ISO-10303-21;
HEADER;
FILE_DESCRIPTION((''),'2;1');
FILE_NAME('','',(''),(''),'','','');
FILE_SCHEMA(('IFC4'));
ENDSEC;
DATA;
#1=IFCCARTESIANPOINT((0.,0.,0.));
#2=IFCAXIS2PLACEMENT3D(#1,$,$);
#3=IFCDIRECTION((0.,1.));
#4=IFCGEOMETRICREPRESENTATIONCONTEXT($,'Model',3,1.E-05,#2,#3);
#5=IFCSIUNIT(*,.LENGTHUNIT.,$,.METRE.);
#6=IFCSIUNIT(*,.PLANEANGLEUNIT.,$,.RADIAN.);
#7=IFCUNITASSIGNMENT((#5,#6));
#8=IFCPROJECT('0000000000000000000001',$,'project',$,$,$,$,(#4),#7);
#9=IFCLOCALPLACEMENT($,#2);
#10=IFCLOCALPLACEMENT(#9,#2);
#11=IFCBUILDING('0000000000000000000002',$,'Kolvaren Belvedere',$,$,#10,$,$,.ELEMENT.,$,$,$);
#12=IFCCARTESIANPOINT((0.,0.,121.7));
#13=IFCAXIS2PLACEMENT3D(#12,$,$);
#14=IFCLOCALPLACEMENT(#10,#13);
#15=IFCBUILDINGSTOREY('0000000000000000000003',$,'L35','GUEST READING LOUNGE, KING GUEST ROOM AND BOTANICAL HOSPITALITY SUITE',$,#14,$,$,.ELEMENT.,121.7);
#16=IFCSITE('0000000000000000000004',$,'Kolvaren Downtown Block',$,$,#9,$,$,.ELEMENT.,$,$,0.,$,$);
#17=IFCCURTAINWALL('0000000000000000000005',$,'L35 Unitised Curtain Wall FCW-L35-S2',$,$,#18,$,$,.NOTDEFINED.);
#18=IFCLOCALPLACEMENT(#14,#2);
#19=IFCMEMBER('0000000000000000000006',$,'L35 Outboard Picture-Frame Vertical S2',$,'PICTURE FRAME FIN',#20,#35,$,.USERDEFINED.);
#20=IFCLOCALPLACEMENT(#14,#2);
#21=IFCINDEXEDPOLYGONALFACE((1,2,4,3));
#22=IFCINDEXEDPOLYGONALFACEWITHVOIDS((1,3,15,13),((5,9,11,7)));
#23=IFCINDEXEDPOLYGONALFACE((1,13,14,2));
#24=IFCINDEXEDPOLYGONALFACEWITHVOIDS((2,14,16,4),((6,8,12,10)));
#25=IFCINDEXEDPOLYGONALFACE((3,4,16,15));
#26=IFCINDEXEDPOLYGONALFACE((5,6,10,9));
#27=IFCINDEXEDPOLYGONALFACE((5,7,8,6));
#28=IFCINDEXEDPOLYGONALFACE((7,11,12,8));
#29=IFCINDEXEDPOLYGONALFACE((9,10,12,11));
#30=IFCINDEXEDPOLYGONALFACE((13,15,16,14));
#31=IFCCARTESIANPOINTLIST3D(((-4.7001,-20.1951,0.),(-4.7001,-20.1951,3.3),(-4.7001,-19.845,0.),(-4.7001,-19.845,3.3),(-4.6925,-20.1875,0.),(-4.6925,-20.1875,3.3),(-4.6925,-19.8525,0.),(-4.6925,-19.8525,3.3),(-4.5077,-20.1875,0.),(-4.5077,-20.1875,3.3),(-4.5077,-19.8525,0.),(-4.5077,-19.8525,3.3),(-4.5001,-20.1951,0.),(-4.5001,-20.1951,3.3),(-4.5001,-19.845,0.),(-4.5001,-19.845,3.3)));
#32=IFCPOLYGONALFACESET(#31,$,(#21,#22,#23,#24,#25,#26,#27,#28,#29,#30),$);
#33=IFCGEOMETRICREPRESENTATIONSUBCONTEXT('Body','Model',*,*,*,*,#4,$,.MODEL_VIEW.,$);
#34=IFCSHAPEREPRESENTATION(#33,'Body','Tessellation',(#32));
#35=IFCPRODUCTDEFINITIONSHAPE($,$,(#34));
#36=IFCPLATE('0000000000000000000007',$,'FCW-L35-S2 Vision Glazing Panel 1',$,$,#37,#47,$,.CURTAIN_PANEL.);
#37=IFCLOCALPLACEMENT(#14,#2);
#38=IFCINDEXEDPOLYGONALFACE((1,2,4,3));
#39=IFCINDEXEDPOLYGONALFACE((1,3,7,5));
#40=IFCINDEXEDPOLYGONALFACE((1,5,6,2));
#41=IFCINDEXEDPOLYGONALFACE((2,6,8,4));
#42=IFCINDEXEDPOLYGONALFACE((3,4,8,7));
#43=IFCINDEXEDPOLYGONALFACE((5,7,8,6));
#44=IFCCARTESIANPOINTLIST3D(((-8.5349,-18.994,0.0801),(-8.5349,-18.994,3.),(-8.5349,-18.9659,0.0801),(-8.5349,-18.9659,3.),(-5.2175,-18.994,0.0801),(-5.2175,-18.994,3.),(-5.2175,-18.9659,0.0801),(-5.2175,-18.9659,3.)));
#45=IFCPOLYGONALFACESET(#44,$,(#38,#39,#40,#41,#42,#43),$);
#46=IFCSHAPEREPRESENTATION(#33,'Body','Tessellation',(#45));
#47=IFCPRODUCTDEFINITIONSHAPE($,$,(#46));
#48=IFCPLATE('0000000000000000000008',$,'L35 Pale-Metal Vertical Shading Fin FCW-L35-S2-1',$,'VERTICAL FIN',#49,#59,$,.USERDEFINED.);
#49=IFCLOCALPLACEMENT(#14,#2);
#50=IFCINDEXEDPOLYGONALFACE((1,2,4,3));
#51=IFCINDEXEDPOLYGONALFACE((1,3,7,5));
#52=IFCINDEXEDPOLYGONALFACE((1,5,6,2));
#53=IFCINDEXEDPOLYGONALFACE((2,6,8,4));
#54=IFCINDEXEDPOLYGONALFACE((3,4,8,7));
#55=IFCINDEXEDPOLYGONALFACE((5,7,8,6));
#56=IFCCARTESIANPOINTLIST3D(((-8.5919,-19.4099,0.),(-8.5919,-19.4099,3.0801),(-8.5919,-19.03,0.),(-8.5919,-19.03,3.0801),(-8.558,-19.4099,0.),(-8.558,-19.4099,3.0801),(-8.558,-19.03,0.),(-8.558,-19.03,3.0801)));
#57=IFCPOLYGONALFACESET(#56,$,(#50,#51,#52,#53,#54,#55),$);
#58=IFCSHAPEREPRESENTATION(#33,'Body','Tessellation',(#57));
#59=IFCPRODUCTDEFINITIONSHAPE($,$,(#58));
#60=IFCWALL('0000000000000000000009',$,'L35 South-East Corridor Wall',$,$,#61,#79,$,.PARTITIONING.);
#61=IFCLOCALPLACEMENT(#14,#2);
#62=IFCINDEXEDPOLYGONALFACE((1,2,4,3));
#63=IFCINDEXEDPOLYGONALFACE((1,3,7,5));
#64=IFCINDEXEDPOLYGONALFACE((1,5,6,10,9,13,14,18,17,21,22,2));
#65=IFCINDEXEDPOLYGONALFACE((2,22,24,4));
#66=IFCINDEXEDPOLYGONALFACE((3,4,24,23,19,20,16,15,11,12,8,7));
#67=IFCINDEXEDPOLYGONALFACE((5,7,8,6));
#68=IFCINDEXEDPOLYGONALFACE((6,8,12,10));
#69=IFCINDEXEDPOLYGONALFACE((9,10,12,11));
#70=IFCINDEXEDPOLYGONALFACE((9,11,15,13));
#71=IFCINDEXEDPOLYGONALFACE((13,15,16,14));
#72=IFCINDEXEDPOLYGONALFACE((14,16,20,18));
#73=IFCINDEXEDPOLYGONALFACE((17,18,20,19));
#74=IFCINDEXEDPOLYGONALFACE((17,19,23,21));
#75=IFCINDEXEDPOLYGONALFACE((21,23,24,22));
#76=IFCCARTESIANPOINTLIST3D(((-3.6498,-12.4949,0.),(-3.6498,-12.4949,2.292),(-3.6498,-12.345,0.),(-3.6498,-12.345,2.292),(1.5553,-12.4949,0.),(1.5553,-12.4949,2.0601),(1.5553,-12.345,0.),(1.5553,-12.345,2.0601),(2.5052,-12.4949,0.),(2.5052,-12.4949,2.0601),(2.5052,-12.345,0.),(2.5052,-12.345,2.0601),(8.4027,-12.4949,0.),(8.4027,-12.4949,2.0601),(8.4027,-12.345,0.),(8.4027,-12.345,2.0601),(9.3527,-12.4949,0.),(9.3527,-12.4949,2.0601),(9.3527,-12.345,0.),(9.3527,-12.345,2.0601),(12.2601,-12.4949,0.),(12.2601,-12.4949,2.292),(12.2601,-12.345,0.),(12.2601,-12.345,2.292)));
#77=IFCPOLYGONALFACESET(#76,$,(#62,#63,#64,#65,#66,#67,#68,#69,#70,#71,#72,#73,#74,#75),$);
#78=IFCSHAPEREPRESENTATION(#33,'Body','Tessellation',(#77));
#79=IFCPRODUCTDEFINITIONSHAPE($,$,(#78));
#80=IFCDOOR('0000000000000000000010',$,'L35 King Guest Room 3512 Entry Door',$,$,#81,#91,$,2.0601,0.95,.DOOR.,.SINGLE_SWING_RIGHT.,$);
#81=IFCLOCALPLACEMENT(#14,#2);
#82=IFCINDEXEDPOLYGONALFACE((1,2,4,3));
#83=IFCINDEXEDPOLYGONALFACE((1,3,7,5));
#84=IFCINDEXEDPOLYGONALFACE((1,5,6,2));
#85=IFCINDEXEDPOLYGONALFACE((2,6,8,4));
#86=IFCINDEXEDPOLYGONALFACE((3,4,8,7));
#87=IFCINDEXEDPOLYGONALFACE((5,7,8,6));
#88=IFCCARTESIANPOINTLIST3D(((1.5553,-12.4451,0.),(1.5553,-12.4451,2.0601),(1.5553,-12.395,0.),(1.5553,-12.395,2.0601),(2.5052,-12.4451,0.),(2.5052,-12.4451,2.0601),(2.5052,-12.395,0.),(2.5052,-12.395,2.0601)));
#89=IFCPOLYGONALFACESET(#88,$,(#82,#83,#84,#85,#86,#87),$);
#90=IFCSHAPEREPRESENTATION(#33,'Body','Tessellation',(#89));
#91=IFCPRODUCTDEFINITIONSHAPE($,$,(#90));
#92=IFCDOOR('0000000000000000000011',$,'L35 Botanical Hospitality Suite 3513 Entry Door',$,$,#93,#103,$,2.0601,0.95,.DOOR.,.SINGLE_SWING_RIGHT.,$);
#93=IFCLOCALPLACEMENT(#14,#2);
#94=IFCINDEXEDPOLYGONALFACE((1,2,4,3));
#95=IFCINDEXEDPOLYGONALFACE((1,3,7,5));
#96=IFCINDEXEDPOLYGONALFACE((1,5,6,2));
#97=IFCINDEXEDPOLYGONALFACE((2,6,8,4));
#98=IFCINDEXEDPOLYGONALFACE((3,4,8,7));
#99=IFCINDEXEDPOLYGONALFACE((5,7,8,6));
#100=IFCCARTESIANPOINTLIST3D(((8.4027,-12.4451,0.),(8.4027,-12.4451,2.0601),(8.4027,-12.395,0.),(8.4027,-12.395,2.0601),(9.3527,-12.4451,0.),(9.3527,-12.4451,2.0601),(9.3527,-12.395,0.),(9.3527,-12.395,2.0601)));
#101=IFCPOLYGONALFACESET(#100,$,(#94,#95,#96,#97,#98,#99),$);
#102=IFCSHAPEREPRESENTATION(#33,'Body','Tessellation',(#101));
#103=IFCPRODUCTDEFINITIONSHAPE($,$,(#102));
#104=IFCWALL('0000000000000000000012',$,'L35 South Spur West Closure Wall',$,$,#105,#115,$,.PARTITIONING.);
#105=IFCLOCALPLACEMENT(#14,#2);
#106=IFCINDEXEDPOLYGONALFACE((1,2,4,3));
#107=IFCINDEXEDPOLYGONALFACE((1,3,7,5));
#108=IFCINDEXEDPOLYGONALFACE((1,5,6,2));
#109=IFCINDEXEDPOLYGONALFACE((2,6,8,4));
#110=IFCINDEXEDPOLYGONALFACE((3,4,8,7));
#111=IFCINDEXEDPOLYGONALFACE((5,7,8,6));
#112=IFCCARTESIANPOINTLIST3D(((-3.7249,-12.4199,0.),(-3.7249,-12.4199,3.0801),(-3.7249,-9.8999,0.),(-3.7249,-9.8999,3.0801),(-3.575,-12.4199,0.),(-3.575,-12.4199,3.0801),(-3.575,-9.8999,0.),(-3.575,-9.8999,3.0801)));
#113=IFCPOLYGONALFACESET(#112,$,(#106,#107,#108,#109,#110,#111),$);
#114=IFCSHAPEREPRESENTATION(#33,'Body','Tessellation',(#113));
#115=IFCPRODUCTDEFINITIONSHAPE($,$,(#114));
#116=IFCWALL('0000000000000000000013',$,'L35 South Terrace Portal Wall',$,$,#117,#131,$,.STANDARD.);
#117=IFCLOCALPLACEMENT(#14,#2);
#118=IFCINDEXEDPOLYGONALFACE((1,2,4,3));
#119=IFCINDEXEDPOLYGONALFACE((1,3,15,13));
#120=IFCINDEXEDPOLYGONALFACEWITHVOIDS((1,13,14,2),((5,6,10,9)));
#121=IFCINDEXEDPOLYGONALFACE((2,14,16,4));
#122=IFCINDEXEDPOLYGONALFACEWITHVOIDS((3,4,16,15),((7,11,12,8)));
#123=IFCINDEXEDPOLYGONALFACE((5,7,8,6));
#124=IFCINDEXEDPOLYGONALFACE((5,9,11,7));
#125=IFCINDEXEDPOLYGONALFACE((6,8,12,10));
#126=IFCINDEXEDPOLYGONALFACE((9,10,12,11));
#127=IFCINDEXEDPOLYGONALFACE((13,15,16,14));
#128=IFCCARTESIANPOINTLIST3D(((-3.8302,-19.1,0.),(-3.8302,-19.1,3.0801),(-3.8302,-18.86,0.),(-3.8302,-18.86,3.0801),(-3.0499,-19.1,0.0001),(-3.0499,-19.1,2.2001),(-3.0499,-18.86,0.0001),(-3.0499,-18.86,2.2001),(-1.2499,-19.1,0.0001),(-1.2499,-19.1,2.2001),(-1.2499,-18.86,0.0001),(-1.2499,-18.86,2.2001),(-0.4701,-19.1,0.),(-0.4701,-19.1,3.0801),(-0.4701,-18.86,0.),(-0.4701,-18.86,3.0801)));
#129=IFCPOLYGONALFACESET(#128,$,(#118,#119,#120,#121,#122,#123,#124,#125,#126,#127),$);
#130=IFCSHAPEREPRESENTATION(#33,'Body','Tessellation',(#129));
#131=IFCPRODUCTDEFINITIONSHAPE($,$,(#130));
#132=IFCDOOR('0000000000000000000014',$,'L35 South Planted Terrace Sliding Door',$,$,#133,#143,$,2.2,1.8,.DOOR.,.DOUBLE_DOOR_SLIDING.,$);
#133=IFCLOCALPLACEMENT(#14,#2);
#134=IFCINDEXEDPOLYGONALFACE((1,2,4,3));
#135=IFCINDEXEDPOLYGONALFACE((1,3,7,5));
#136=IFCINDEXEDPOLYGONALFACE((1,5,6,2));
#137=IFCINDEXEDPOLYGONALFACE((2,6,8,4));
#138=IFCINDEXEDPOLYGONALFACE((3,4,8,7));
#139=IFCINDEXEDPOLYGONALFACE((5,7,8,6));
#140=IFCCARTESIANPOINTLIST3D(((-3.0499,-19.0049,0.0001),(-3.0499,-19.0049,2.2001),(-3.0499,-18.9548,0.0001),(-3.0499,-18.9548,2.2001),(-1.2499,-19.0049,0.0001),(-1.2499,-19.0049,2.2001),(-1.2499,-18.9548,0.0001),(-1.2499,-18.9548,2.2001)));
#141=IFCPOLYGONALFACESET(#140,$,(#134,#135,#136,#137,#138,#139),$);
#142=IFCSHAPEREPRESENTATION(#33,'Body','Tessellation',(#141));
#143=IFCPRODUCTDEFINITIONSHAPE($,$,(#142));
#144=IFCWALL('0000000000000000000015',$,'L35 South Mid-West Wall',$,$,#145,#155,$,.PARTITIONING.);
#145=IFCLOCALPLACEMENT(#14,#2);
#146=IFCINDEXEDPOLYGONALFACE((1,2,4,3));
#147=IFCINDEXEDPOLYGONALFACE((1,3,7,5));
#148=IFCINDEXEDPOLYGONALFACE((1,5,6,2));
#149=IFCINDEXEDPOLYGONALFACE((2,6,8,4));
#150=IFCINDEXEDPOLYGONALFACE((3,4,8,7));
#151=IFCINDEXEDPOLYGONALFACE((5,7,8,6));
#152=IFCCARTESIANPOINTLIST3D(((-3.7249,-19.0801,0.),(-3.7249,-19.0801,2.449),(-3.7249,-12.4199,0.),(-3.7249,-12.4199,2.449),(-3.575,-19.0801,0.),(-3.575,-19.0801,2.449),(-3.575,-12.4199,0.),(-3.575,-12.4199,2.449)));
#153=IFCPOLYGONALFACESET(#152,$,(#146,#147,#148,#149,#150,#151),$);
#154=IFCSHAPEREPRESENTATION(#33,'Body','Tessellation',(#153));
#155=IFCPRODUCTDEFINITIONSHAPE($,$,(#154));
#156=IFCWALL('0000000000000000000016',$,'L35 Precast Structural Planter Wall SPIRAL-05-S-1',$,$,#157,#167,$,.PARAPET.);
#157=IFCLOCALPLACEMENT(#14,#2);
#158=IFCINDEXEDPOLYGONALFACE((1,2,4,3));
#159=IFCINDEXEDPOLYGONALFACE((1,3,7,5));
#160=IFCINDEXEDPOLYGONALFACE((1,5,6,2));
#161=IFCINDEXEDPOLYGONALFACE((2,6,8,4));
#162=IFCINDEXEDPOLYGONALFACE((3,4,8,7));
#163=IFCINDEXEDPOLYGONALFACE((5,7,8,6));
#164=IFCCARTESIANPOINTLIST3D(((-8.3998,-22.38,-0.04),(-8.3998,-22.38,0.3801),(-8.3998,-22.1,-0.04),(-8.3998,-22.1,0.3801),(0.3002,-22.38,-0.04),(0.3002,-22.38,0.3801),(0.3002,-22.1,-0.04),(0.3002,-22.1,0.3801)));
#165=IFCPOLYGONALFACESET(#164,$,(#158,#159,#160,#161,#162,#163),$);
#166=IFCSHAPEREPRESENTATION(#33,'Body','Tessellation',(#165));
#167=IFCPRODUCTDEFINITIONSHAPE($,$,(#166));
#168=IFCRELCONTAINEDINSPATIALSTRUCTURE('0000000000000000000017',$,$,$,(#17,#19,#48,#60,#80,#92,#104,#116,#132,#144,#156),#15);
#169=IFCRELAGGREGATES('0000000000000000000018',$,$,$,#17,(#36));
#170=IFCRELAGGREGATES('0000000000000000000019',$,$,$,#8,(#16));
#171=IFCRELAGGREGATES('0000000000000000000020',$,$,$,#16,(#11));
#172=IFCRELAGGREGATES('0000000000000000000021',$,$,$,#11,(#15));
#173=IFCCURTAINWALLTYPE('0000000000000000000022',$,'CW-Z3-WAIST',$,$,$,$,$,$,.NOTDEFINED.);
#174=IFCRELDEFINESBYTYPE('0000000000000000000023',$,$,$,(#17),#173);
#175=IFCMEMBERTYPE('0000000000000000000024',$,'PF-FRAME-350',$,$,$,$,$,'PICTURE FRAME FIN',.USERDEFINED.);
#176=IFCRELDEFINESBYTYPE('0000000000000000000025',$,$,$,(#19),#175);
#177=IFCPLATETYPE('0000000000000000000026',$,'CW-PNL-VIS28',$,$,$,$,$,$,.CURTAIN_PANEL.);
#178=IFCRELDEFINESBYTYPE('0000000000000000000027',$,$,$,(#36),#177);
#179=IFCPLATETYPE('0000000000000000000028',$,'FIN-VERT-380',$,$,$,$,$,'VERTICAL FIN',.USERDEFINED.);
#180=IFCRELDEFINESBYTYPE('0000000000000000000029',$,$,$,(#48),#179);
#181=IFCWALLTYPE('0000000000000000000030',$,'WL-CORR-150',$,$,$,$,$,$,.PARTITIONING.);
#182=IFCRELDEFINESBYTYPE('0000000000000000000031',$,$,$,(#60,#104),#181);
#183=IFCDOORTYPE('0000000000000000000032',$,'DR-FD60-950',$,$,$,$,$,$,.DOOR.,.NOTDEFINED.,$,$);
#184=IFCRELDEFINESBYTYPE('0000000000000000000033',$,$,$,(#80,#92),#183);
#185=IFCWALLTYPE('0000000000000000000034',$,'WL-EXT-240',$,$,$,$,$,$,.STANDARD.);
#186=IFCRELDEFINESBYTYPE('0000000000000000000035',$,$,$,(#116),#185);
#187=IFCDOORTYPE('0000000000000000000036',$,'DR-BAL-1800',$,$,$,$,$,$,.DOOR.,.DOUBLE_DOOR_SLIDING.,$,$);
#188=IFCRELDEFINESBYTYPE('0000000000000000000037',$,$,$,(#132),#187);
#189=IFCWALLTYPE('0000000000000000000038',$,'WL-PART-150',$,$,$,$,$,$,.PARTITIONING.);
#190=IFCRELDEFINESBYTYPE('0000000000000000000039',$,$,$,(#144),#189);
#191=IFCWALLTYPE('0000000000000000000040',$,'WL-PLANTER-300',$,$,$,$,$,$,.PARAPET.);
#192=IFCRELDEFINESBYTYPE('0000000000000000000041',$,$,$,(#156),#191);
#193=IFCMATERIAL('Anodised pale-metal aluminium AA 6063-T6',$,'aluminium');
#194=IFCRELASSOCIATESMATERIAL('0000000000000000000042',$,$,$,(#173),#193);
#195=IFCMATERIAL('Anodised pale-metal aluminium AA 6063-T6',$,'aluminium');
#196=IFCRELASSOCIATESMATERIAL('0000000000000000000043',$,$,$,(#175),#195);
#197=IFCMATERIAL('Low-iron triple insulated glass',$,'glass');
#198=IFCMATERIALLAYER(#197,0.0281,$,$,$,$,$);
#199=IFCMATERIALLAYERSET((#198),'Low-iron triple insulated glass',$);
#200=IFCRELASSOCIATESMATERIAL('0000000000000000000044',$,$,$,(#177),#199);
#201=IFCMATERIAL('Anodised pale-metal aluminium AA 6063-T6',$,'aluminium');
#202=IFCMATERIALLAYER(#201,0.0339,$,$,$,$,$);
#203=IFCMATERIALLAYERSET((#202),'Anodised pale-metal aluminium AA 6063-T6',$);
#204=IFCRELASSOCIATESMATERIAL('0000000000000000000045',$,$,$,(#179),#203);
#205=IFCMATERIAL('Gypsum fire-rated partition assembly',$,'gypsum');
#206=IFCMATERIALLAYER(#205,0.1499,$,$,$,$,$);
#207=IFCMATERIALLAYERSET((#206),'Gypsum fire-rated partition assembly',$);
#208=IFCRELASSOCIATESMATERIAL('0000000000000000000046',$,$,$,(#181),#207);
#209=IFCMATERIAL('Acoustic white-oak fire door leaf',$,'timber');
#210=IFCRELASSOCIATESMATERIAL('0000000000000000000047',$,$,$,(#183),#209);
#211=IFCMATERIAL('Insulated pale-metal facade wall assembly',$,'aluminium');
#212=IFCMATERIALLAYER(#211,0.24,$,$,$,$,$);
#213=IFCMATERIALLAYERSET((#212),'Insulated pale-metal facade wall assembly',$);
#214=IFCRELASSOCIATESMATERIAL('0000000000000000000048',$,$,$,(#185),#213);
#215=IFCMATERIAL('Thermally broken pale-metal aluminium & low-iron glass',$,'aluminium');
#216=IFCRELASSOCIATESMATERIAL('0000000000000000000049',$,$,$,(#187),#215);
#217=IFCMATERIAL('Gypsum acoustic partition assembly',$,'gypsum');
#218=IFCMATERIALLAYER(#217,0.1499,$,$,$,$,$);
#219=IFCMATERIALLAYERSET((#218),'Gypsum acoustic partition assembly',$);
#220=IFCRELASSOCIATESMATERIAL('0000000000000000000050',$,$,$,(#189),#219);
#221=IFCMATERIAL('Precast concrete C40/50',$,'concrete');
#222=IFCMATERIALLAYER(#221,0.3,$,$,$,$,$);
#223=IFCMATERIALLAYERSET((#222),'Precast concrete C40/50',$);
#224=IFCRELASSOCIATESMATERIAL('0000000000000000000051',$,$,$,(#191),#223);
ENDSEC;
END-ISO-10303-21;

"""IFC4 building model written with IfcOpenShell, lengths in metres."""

from ifc_helpers import new_model, si_unit, direction, frame, frame_2d, origin, origin_2d, place, context, subcontext, project, spatial, rectangle, hollow_rectangle, extrude, material, layer, layer_set, material_profile, profile_set, type_object, element, fill, aggregate, save


model = new_model("IFC4")

# Units and contexts
model_context = context("Model", 3, precision=1e-05, world=origin(), true_north=direction((0.0, 1.0)))
body_context = subcontext(model_context, "Body", "Model", "MODEL_VIEW")
ifc_project = project(units=[si_unit("LENGTHUNIT", "METRE"), si_unit("PLANEANGLEUNIT", "RADIAN")], contexts=[model_context])

# Site, building, storey
site_placement = place(None, origin())
site = spatial("IfcSite", under=ifc_project, at=site_placement, Name="Kolvaren Downtown Block", CompositionType="ELEMENT", RefElevation=0.0)
building_placement = place(site_placement, origin())
building = spatial("IfcBuilding", under=site, at=building_placement, Name="Kolvaren Belvedere", CompositionType="ELEMENT")
storey_placement = place(building_placement, frame((0.0, 0.0, 121.7)))
storey = spatial("IfcBuildingStorey", under=building, at=storey_placement, Name="L35", Description="GUEST READING LOUNGE, KING GUEST ROOM AND BOTANICAL HOSPITALITY SUITE", CompositionType="ELEMENT", Elevation=121.7)

# Shared definitions
ifc_material_1 = material(Name="Anodised pale-metal aluminium AA 6063-T6", Category="aluminium")
curtain_wall_type = type_object("IfcCurtainWallType", Name="CW-Z3-WAIST", PredefinedType="NOTDEFINED", material=ifc_material_1)

# Curtain wall
curtain_wall_1_placement = place(storey_placement, origin())
curtain_wall_1 = element("IfcCurtainWall", 1, at=curtain_wall_1_placement, inside=storey, type_object=curtain_wall_type, Name="L35 Unitised Curtain Wall FCW-L35-S2", PredefinedType="NOTDEFINED")

# Member
ifc_material_2 = material(Name="Anodised pale-metal aluminium AA 6063-T6", Category="aluminium")
ifc_material_profile_1 = material_profile(ifc_material_2, hollow_rectangle(XDim=0.2, YDim=0.3501, WallThickness=0.0076, at=origin_2d()), Name="ALU-PF-350X200")
ifc_profile_set_1 = profile_set([ifc_material_profile_1], Name="Anodised pale-metal aluminium AA 6063-T6")
member_type_1 = type_object("IfcMemberType", Name="PF-FRAME-350", ElementType="PICTURE FRAME FIN", PredefinedType="USERDEFINED", material=ifc_profile_set_1)
member_1_placement = place(storey_placement, frame((-4.6001, -20.02, 0.0), z_axis=(0.0, 0.0, 1.0), x_axis=(1.0, 0.0, 0.0)))
element("IfcMember", 2, at=member_1_placement, inside=storey, type_object=member_type_1, Name="L35 Outboard Picture-Frame Vertical S2", ObjectType="PICTURE FRAME FIN", PredefinedType="USERDEFINED", context=body_context, shape_type="SweptSolid", body=[
    extrude(hollow_rectangle(XDim=0.2, YDim=0.3501, WallThickness=0.0076, at=origin_2d()), origin(), (0.0, 0.0, 1.0), 3.3),
])

# Plates
ifc_material_3 = material(Name="Low-iron triple insulated glass", Category="glass")
ifc_layer_1 = layer(ifc_material_3, 0.0281)
ifc_layer_set_1 = layer_set([ifc_layer_1], Name="Low-iron triple insulated glass")
plate_type_1 = type_object("IfcPlateType", Name="CW-PNL-VIS28", PredefinedType="CURTAIN_PANEL", material=ifc_layer_set_1)
plate_1_placement = place(storey_placement, frame((-6.8762, -18.98, 0.0801), z_axis=(0.0, 0.0, 1.0), x_axis=(-1.0, 0.0, 0.0)))
plate_1 = element("IfcPlate", 3, at=plate_1_placement, type_object=plate_type_1, Name="FCW-L35-S2 Vision Glazing Panel 1", PredefinedType="CURTAIN_PANEL", context=body_context, shape_type="SweptSolid", body=[
    extrude(rectangle(XDim=3.3174, YDim=0.0281, at=origin_2d()), origin(), (0.0, 0.0, 1.0), 2.9199),
])
aggregate(curtain_wall_1, [plate_1])
ifc_material_4 = material(Name="Anodised pale-metal aluminium AA 6063-T6", Category="aluminium")
ifc_layer_2 = layer(ifc_material_4, 0.0339)
ifc_layer_set_2 = layer_set([ifc_layer_2], Name="Anodised pale-metal aluminium AA 6063-T6")
plate_type_2 = type_object("IfcPlateType", Name="FIN-VERT-380", ElementType="VERTICAL FIN", PredefinedType="USERDEFINED", material=ifc_layer_set_2)
plate_2_placement = place(storey_placement, frame((-8.575, -19.22, 0.0), z_axis=(0.0, 0.0, 1.0), x_axis=(0.0, 1.0, 0.0)))
element("IfcPlate", 4, at=plate_2_placement, inside=storey, type_object=plate_type_2, Name="L35 Pale-Metal Vertical Shading Fin FCW-L35-S2-1", ObjectType="VERTICAL FIN", PredefinedType="USERDEFINED", context=body_context, shape_type="SweptSolid", body=[
    extrude(rectangle(XDim=0.3799, YDim=0.0339, at=origin_2d()), origin(), (0.0, 0.0, 1.0), 3.0801),
])

# Wall, openings, doors
ifc_material_5 = material(Name="Gypsum fire-rated partition assembly", Category="gypsum")
ifc_layer_3 = layer(ifc_material_5, 0.1499)
ifc_layer_set_3 = layer_set([ifc_layer_3], Name="Gypsum fire-rated partition assembly")
wall_type_1 = type_object("IfcWallType", Name="WL-CORR-150", PredefinedType="PARTITIONING", material=ifc_layer_set_3)
wall_1_placement = place(storey_placement, frame((-3.6499, -12.4199, 0.0), z_axis=(0.0, 0.0, 1.0), x_axis=(1.0, 0.0, 0.0)))
wall_1 = element("IfcWall", 5, at=wall_1_placement, inside=storey, type_object=wall_type_1, Name="L35 South-East Corridor Wall", PredefinedType="PARTITIONING", context=body_context, shape_type="SweptSolid", body=[
    extrude(rectangle(XDim=15.9099, YDim=0.1499, at=frame_2d((7.9551, 0.0))), origin(), (0.0, 0.0, 1.0), 2.292),
])
opening_1_placement = place(wall_1_placement, frame((5.2051, 0.0, 0.0)))
opening_1 = element("IfcOpeningElement", 6, at=opening_1_placement, cuts=wall_1, PredefinedType="OPENING", context=body_context, shape_type="SweptSolid", body=[
    extrude(rectangle(XDim=0.95, YDim=2.0601, at=frame_2d((0.4751, 1.03))), frame((0.0, 0.085, 0.0), z_axis=(0.0, -1.0, 0.0), x_axis=(1.0, 0.0, 0.0)), (0.0, 0.0, 1.0), 0.1699),
])
opening_2_placement = place(wall_1_placement, frame((12.0525, 0.0, 0.0)))
opening_2 = element("IfcOpeningElement", 7, at=opening_2_placement, cuts=wall_1, PredefinedType="OPENING", context=body_context, shape_type="SweptSolid", body=[
    extrude(rectangle(XDim=0.95, YDim=2.0601, at=frame_2d((0.4751, 1.03))), frame((0.0, 0.085, 0.0), z_axis=(0.0, -1.0, 0.0), x_axis=(1.0, 0.0, 0.0)), (0.0, 0.0, 1.0), 0.1699),
])
ifc_material_6 = material(Name="Acoustic white-oak fire door leaf", Category="timber")
door_type_1 = type_object("IfcDoorType", Name="DR-FD60-950", OperationType="NOTDEFINED", PredefinedType="DOOR", material=ifc_material_6)
door_1_placement = place(opening_1_placement, origin())
door_1 = element("IfcDoor", 8, at=door_1_placement, inside=storey, type_object=door_type_1, Name="L35 King Guest Room 3512 Entry Door", OperationType="SINGLE_SWING_RIGHT", OverallHeight=2.0601, OverallWidth=0.95, PredefinedType="DOOR", context=body_context, shape_type="SweptSolid", body=[
    extrude(rectangle(XDim=0.95, YDim=2.0601, at=frame_2d((0.4751, 1.03))), frame((0.0, 0.0249, 0.0), z_axis=(0.0, -1.0, 0.0), x_axis=(1.0, 0.0, 0.0)), (0.0, 0.0, 1.0), 0.05),
])
fill(opening_1, door_1)
door_2_placement = place(opening_2_placement, origin())
door_2 = element("IfcDoor", 9, at=door_2_placement, inside=storey, type_object=door_type_1, Name="L35 Botanical Hospitality Suite 3513 Entry Door", OperationType="SINGLE_SWING_RIGHT", OverallHeight=2.0601, OverallWidth=0.95, PredefinedType="DOOR", context=body_context, shape_type="SweptSolid", body=[
    extrude(rectangle(XDim=0.95, YDim=2.0601, at=frame_2d((0.4751, 1.03))), frame((0.0, 0.0249, 0.0), z_axis=(0.0, -1.0, 0.0), x_axis=(1.0, 0.0, 0.0)), (0.0, 0.0, 1.0), 0.05),
])
fill(opening_2, door_2)

# Wall
wall_2_placement = place(storey_placement, frame((-3.6499, -12.4199, 0.0), z_axis=(0.0, 0.0, 1.0), x_axis=(0.0, 1.0, 0.0)))
element("IfcWall", 10, at=wall_2_placement, inside=storey, type_object=wall_type_1, Name="L35 South Spur West Closure Wall", PredefinedType="PARTITIONING", context=body_context, shape_type="SweptSolid", body=[
    extrude(rectangle(XDim=2.52, YDim=0.1499, at=frame_2d((1.26, 0.0))), origin(), (0.0, 0.0, 1.0), 3.0801),
])

# Wall, opening, door
ifc_material_7 = material(Name="Insulated pale-metal facade wall assembly", Category="aluminium")
ifc_layer_4 = layer(ifc_material_7, 0.24)
ifc_layer_set_4 = layer_set([ifc_layer_4], Name="Insulated pale-metal facade wall assembly")
wall_type_2 = type_object("IfcWallType", Name="WL-EXT-240", PredefinedType="STANDARD", material=ifc_layer_set_4)
wall_3_placement = place(storey_placement, frame((-0.47, -18.98, 0.0), z_axis=(0.0, 0.0, 1.0), x_axis=(-1.0, 0.0, 0.0)))
wall_3 = element("IfcWall", 11, at=wall_3_placement, inside=storey, type_object=wall_type_2, Name="L35 South Terrace Portal Wall", PredefinedType="STANDARD", context=body_context, shape_type="SweptSolid", body=[
    extrude(rectangle(XDim=3.3601, YDim=0.24, at=frame_2d((1.6802, 0.0))), origin(), (0.0, 0.0, 1.0), 3.0801),
])
opening_3_placement = place(wall_3_placement, frame((0.78, 0.0, 0.0)))
opening_3 = element("IfcOpeningElement", 12, at=opening_3_placement, cuts=wall_3, PredefinedType="OPENING", context=body_context, shape_type="SweptSolid", body=[
    extrude(rectangle(XDim=1.8, YDim=2.2, at=frame_2d((0.8999, 1.1001))), frame((0.0, 0.1299, 0.0), z_axis=(0.0, -1.0, 0.0), x_axis=(1.0, 0.0, 0.0)), (0.0, 0.0, 1.0), 0.26),
])
ifc_material_8 = material(Name="Thermally broken pale-metal aluminium & low-iron glass", Category="aluminium")
door_type_2 = type_object("IfcDoorType", Name="DR-BAL-1800", OperationType="DOUBLE_DOOR_SLIDING", PredefinedType="DOOR", material=ifc_material_8)
door_3_placement = place(opening_3_placement, origin())
door_3 = element("IfcDoor", 13, at=door_3_placement, inside=storey, type_object=door_type_2, Name="L35 South Planted Terrace Sliding Door", OperationType="DOUBLE_DOOR_SLIDING", OverallHeight=2.2, OverallWidth=1.8, PredefinedType="DOOR", context=body_context, shape_type="SweptSolid", body=[
    extrude(rectangle(XDim=1.8, YDim=2.2, at=frame_2d((0.8999, 1.1001))), frame((0.0, 0.0249, 0.0), z_axis=(0.0, -1.0, 0.0), x_axis=(1.0, 0.0, 0.0)), (0.0, 0.0, 1.0), 0.05),
])
fill(opening_3, door_3)

# Walls
ifc_material_9 = material(Name="Gypsum acoustic partition assembly", Category="gypsum")
ifc_layer_5 = layer(ifc_material_9, 0.1499)
ifc_layer_set_5 = layer_set([ifc_layer_5], Name="Gypsum acoustic partition assembly")
wall_type_3 = type_object("IfcWallType", Name="WL-PART-150", PredefinedType="PARTITIONING", material=ifc_layer_set_5)
wall_4_placement = place(storey_placement, frame((-3.6499, -19.0801, 0.0), z_axis=(0.0, 0.0, 1.0), x_axis=(0.0, 1.0, 0.0)))
element("IfcWall", 14, at=wall_4_placement, inside=storey, type_object=wall_type_3, Name="L35 South Mid-West Wall", PredefinedType="PARTITIONING", context=body_context, shape_type="SweptSolid", body=[
    extrude(rectangle(XDim=6.6602, YDim=0.1499, at=frame_2d((3.3301, 0.0))), origin(), (0.0, 0.0, 1.0), 2.449),
])
ifc_material_10 = material(Name="Precast concrete C40/50", Category="concrete")
ifc_layer_6 = layer(ifc_material_10, 0.3)
ifc_layer_set_6 = layer_set([ifc_layer_6], Name="Precast concrete C40/50")
wall_type_4 = type_object("IfcWallType", Name="WL-PLANTER-300", PredefinedType="PARAPET", material=ifc_layer_set_6)
wall_5_placement = place(storey_placement, frame((-8.3999, -22.24, -0.04), z_axis=(0.0, 0.0, 1.0), x_axis=(1.0, 0.0, 0.0)))
element("IfcWall", 15, at=wall_5_placement, inside=storey, type_object=wall_type_4, Name="L35 Precast Structural Planter Wall SPIRAL-05-S-1", PredefinedType="PARAPET", context=body_context, shape_type="SweptSolid", body=[
    extrude(rectangle(XDim=8.7, YDim=0.28, at=frame_2d((4.3501, 0.0))), origin(), (0.0, 0.0, 1.0), 0.4202),
])

save(model, "model.ifc")
